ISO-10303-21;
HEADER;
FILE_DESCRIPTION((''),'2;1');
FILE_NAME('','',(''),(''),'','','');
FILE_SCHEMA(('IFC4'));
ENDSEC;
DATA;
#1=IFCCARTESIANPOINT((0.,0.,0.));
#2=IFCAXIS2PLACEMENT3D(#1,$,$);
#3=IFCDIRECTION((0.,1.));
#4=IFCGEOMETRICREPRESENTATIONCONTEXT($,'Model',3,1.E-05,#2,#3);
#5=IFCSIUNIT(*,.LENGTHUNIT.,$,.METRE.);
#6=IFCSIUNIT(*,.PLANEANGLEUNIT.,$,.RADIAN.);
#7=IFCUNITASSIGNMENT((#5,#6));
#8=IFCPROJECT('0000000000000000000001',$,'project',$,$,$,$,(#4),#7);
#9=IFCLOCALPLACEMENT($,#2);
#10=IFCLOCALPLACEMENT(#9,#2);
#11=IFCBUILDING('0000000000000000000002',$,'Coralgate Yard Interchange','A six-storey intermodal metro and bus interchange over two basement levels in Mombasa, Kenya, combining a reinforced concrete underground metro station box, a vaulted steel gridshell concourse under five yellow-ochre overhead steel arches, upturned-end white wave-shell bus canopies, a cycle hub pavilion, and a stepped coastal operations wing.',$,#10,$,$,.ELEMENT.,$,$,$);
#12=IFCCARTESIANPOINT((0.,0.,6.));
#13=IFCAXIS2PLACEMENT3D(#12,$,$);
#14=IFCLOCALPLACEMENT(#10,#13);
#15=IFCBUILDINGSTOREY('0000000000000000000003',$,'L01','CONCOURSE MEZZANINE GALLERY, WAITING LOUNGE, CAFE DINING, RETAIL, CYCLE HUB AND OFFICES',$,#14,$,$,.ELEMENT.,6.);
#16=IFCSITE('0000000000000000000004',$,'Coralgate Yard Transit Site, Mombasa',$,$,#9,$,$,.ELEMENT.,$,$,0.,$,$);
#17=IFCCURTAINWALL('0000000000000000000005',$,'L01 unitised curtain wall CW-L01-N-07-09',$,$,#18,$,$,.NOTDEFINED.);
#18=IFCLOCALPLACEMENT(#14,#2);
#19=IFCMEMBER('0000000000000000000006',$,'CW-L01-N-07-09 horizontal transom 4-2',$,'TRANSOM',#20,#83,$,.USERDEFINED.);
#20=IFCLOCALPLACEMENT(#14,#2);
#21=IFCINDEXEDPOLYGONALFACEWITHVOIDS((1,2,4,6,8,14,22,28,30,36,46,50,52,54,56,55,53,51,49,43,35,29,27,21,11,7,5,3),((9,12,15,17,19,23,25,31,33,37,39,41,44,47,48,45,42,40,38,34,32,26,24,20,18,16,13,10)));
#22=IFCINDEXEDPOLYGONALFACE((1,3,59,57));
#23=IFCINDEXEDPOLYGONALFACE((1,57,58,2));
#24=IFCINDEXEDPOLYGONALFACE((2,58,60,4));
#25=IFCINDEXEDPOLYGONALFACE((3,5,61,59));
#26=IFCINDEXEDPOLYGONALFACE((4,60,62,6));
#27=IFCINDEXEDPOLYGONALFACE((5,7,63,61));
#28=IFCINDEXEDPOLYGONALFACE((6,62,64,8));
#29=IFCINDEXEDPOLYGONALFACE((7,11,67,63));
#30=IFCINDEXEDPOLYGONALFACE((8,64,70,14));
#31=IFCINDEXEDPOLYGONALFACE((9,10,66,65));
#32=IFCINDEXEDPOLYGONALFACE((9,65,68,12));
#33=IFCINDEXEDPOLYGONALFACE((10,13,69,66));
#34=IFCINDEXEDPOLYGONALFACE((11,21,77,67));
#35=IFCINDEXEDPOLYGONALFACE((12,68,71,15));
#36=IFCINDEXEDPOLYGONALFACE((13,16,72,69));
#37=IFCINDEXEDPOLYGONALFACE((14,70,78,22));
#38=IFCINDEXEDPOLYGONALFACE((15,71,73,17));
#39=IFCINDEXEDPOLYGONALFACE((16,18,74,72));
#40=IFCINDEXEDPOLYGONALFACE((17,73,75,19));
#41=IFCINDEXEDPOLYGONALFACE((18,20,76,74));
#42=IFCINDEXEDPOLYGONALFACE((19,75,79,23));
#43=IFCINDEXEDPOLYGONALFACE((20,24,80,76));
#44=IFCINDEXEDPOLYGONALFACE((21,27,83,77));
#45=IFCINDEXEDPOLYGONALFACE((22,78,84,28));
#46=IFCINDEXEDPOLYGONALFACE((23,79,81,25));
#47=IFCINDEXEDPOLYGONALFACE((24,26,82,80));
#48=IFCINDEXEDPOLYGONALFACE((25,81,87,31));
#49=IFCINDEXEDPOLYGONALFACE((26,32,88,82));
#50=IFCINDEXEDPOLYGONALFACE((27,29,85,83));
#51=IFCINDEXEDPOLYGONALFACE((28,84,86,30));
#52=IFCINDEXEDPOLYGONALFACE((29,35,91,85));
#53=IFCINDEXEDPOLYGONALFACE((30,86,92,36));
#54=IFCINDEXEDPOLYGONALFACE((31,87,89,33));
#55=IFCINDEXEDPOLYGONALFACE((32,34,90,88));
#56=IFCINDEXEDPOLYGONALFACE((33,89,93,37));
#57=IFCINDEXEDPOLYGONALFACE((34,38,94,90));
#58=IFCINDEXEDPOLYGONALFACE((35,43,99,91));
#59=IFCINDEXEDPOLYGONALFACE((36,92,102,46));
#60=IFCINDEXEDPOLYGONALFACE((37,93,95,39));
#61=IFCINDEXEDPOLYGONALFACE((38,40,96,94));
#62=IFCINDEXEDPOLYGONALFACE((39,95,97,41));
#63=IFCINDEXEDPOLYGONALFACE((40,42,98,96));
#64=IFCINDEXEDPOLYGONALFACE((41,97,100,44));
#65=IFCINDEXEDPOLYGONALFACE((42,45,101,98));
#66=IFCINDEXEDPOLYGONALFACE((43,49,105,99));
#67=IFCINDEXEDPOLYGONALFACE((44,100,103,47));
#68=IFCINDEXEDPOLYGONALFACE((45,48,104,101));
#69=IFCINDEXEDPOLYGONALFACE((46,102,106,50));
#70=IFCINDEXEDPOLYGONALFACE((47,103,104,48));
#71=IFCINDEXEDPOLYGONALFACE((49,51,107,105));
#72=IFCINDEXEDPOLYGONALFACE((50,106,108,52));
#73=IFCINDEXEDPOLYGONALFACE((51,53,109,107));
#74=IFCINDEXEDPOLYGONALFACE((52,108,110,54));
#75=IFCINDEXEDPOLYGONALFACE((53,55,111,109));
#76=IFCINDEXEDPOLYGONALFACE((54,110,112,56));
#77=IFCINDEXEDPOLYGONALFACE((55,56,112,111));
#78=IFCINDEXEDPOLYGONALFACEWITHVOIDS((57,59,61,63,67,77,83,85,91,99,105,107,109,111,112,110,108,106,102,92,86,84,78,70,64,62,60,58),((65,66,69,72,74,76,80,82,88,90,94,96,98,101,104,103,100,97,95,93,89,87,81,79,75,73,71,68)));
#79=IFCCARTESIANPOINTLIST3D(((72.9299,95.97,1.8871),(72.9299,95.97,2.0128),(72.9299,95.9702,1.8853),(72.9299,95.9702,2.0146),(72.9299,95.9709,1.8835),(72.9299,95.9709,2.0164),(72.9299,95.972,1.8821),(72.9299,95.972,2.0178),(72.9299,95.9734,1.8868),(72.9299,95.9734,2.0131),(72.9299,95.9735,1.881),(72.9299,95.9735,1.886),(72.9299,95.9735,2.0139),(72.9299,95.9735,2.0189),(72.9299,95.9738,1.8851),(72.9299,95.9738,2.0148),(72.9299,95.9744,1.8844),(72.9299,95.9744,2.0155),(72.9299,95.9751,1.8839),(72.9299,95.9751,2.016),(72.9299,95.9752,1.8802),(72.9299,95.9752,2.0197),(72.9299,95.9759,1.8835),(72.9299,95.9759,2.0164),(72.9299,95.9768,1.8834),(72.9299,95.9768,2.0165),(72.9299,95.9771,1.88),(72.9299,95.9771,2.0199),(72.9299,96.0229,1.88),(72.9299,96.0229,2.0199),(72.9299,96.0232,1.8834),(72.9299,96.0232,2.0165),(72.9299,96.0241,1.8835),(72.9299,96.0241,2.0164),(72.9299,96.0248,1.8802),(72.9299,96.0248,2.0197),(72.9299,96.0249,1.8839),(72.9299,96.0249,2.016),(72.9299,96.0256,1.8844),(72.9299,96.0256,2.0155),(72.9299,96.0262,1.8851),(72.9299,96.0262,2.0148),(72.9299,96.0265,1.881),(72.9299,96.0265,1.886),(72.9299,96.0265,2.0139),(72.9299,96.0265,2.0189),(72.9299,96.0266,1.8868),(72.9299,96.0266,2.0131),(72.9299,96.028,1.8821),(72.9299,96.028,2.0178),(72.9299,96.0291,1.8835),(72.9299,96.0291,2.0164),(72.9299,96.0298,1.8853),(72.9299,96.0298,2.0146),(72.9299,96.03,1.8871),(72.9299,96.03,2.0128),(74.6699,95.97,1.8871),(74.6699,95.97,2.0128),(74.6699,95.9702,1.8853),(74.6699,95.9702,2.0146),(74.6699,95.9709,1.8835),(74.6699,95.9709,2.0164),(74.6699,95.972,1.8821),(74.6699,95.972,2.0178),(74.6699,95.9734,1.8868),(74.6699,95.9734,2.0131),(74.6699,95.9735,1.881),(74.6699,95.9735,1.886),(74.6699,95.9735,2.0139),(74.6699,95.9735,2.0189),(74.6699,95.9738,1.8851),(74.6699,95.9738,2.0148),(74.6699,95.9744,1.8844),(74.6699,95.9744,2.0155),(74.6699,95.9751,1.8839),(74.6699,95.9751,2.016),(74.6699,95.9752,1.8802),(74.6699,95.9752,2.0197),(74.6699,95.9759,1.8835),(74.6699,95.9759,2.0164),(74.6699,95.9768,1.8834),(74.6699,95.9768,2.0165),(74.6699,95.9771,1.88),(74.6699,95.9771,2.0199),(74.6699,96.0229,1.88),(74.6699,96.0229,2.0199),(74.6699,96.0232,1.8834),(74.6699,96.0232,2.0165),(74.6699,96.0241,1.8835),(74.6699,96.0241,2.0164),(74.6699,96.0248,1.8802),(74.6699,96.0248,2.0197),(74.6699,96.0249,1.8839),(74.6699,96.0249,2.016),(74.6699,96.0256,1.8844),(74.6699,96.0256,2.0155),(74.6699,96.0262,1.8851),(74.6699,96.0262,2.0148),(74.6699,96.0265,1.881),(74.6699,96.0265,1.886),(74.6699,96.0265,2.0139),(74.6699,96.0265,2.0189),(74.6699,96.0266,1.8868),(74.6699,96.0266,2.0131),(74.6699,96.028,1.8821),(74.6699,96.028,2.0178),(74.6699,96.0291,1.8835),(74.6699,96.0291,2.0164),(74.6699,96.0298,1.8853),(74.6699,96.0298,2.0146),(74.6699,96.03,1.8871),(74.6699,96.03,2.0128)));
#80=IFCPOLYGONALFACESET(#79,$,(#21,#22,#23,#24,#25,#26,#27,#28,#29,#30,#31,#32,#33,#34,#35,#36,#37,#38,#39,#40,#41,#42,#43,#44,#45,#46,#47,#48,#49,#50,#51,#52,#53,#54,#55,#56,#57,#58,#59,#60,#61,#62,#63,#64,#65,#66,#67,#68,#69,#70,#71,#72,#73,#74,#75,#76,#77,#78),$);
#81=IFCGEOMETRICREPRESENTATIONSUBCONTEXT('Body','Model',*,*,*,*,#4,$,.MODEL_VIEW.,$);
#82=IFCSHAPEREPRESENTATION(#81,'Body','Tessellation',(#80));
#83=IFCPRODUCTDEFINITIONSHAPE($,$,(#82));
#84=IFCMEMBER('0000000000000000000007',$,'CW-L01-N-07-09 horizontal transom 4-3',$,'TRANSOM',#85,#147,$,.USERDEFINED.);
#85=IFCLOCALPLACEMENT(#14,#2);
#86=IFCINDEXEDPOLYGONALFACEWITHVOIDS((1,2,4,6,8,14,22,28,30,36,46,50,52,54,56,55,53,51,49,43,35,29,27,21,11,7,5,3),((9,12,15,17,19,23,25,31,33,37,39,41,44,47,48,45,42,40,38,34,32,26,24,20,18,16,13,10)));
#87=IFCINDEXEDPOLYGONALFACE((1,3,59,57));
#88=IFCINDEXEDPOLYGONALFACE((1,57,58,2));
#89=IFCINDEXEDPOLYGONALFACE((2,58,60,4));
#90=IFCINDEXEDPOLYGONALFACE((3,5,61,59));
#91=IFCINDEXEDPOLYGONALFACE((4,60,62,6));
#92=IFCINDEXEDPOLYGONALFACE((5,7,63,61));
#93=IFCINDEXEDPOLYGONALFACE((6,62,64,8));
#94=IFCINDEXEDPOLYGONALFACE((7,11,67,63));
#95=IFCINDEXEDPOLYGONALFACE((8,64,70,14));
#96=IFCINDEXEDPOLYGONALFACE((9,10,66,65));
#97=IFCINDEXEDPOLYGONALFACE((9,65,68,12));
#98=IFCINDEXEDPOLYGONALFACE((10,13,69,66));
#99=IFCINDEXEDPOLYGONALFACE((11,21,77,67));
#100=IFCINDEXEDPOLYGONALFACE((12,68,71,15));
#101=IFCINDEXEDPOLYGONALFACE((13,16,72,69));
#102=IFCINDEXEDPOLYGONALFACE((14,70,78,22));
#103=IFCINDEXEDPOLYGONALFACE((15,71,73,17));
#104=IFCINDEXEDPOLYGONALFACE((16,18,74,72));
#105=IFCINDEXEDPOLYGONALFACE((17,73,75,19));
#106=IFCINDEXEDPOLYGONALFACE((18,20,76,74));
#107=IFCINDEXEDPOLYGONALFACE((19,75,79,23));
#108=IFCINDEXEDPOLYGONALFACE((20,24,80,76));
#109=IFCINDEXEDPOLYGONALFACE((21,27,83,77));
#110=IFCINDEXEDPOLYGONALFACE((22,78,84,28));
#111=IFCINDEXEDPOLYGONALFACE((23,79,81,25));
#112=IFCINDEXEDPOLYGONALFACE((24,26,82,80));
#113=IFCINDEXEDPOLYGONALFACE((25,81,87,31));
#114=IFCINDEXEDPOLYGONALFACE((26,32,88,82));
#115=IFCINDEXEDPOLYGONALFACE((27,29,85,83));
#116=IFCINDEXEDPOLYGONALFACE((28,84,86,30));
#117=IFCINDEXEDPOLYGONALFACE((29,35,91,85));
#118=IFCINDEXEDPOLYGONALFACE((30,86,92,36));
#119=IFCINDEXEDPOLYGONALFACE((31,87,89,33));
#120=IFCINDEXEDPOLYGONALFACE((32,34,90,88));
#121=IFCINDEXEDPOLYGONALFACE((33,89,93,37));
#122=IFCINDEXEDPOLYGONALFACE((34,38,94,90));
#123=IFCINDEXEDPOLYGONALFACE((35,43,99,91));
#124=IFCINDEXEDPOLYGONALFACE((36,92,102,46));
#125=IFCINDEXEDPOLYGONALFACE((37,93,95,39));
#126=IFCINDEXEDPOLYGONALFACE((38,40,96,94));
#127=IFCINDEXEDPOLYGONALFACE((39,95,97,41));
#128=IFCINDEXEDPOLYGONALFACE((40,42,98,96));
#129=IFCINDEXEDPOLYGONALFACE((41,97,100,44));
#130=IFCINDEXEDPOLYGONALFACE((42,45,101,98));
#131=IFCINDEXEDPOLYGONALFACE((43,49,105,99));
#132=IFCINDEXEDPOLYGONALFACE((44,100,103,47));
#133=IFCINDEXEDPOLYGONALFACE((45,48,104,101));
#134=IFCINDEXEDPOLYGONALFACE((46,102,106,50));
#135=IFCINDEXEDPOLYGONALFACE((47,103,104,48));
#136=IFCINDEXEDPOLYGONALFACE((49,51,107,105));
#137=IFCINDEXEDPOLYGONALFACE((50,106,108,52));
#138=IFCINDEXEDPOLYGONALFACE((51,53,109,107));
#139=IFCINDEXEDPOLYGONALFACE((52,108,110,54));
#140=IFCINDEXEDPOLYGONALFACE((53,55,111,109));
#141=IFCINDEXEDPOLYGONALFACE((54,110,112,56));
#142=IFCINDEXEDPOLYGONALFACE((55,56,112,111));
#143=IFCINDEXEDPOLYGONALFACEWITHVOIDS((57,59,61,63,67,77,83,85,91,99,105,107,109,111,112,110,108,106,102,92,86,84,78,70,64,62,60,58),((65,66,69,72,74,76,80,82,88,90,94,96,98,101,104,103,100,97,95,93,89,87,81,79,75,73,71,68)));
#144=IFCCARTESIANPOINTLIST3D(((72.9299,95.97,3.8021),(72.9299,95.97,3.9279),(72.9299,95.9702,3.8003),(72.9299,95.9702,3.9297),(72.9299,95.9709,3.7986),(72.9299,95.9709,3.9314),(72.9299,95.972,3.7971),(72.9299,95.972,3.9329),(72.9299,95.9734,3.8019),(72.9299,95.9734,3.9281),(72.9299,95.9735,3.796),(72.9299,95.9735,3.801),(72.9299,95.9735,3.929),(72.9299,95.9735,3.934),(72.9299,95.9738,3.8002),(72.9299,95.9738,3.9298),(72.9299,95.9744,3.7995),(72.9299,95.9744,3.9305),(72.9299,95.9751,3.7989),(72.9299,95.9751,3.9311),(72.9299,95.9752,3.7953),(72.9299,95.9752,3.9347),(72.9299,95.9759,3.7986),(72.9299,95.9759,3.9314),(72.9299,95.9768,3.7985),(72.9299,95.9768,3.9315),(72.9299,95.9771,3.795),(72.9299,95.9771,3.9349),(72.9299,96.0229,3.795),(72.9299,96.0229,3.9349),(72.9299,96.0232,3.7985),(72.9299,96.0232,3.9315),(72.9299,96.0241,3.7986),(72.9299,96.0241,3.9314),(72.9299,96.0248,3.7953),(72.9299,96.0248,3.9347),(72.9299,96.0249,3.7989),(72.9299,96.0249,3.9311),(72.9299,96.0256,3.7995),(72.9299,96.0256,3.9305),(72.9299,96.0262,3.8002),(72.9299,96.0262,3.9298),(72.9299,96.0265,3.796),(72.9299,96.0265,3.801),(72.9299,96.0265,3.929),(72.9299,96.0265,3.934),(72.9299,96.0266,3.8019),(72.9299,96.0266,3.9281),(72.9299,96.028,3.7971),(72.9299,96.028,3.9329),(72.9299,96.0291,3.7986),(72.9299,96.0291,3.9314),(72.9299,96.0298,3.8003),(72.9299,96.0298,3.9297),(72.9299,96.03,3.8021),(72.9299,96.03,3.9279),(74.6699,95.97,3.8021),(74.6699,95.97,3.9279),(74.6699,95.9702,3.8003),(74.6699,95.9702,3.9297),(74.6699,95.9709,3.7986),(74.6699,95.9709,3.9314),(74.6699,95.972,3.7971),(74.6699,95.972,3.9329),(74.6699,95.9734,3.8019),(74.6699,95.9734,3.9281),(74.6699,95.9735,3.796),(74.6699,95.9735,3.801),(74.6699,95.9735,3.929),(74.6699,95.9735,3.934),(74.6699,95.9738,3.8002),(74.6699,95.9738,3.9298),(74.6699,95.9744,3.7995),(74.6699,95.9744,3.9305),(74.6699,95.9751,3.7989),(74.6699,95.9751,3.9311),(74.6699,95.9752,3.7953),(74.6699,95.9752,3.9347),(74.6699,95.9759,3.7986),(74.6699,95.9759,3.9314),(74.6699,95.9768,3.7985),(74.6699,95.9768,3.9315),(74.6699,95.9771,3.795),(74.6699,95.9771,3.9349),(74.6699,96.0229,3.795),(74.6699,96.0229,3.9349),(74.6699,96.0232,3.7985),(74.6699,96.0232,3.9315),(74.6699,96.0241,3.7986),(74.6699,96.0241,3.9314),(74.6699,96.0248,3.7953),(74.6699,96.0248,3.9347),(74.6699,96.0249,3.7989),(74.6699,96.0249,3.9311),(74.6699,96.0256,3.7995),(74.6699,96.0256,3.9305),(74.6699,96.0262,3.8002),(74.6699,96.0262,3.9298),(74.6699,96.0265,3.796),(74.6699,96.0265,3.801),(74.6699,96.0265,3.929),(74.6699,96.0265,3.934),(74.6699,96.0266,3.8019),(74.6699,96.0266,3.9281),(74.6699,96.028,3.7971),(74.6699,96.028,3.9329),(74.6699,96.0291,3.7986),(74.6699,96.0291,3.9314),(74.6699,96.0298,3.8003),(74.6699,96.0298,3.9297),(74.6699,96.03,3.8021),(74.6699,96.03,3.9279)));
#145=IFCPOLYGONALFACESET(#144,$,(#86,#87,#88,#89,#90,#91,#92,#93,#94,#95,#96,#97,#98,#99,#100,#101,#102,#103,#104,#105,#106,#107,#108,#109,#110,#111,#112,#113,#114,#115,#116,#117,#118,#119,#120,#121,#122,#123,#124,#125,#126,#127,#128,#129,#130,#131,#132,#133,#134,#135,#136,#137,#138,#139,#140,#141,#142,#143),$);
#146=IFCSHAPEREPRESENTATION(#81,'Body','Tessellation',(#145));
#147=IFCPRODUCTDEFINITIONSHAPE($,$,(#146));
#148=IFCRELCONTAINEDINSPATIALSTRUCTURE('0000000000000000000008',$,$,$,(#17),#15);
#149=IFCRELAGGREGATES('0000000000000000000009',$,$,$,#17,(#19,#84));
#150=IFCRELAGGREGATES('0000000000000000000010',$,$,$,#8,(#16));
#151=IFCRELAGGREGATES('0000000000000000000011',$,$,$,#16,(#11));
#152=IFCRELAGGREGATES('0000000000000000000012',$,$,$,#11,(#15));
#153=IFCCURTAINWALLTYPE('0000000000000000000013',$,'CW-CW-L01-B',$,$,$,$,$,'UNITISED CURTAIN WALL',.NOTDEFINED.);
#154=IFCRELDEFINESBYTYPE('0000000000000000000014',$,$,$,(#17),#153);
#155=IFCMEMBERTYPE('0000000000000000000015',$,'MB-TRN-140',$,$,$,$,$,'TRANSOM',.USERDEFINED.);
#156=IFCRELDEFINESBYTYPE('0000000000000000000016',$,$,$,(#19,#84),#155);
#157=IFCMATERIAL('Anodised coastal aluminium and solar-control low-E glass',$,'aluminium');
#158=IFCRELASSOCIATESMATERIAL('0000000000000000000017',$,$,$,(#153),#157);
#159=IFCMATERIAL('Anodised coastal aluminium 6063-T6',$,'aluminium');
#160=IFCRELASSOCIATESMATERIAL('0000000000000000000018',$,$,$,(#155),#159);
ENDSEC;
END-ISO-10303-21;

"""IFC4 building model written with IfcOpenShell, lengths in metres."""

from ifc_helpers import new_model, si_unit, direction, frame, origin, origin_2d, place, context, subcontext, project, spatial, hollow_rectangle, extrude, material, material_profile, profile_set, type_object, element, aggregate, save


model = new_model("IFC4")

# Units and contexts
model_context = context("Model", 3, precision=1e-05, world=origin(), true_north=direction((0.0, 1.0)))
body_context = subcontext(model_context, "Body", "Model", "MODEL_VIEW")
ifc_project = project(units=[si_unit("LENGTHUNIT", "METRE"), si_unit("PLANEANGLEUNIT", "RADIAN")], contexts=[model_context])

# Site, building, storey
site_placement = place(None, origin())
site = spatial("IfcSite", under=ifc_project, at=site_placement, Name="Coralgate Yard Transit Site, Mombasa", CompositionType="ELEMENT", RefElevation=0.0)
building_placement = place(site_placement, origin())
building = spatial("IfcBuilding", under=site, at=building_placement, Name="Coralgate Yard Interchange", Description="A six-storey intermodal metro and bus interchange over two basement levels in Mombasa, Kenya, combining a reinforced concrete underground metro station box, a vaulted steel gridshell concourse under five yellow-ochre overhead steel arches, upturned-end white wave-shell bus canopies, a cycle hub pavilion, and a stepped coastal operations wing.", CompositionType="ELEMENT")
storey_placement = place(building_placement, frame((0.0, 0.0, 6.0)))
storey = spatial("IfcBuildingStorey", under=building, at=storey_placement, Name="L01", Description="CONCOURSE MEZZANINE GALLERY, WAITING LOUNGE, CAFE DINING, RETAIL, CYCLE HUB AND OFFICES", CompositionType="ELEMENT", Elevation=6.0)

# Curtain wall
ifc_material_1 = material(Name="Anodised coastal aluminium and solar-control low-E glass", Category="aluminium")
curtain_wall_type = type_object("IfcCurtainWallType", Name="CW-CW-L01-B", ElementType="UNITISED CURTAIN WALL", PredefinedType="NOTDEFINED", material=ifc_material_1)
curtain_wall_placement = place(storey_placement, origin())
curtain_wall = element("IfcCurtainWall", 1, at=curtain_wall_placement, inside=storey, type_object=curtain_wall_type, Name="L01 unitised curtain wall CW-L01-N-07-09", PredefinedType="NOTDEFINED")
ifc_material_2 = material(Name="Anodised coastal aluminium 6063-T6", Category="aluminium")

# Members
ifc_material_profile_1 = material_profile(ifc_material_2, hollow_rectangle(XDim=0.0601, YDim=0.1399, WallThickness=0.0034, InnerFilletRadius=0.0034, OuterFilletRadius=0.0071, at=origin_2d()), Name="ALU 60x140x3.5")
ifc_profile_set_1 = profile_set([ifc_material_profile_1], Name="Anodised coastal aluminium 6063-T6")
member_type_1 = type_object("IfcMemberType", Name="MB-TRN-140", ElementType="TRANSOM", PredefinedType="USERDEFINED", material=ifc_profile_set_1)
member_1_placement = place(storey_placement, frame((72.9299, 96.0, 1.95), z_axis=(1.0, 0.0, 0.0), x_axis=(0.0, 1.0, 0.0)))
member_1 = element("IfcMember", 2, at=member_1_placement, type_object=member_type_1, Name="CW-L01-N-07-09 horizontal transom 4-2", ObjectType="TRANSOM", PredefinedType="USERDEFINED", context=body_context, shape_type="SweptSolid", body=[
    extrude(hollow_rectangle(XDim=0.0601, YDim=0.1399, WallThickness=0.0034, InnerFilletRadius=0.0034, OuterFilletRadius=0.0071, at=origin_2d()), origin(), (0.0, 0.0, 1.0), 1.74),
])
member_2_placement = place(storey_placement, frame((72.9299, 96.0, 3.865), z_axis=(1.0, 0.0, 0.0), x_axis=(0.0, 1.0, 0.0)))
member_2 = element("IfcMember", 3, at=member_2_placement, type_object=member_type_1, Name="CW-L01-N-07-09 horizontal transom 4-3", ObjectType="TRANSOM", PredefinedType="USERDEFINED", context=body_context, shape_type="SweptSolid", body=[
    extrude(hollow_rectangle(XDim=0.0601, YDim=0.1399, WallThickness=0.0034, InnerFilletRadius=0.0034, OuterFilletRadius=0.0071, at=origin_2d()), origin(), (0.0, 0.0, 1.0), 1.74),
])

aggregate(curtain_wall, [member_1, member_2])

save(model, "model.ifc")
